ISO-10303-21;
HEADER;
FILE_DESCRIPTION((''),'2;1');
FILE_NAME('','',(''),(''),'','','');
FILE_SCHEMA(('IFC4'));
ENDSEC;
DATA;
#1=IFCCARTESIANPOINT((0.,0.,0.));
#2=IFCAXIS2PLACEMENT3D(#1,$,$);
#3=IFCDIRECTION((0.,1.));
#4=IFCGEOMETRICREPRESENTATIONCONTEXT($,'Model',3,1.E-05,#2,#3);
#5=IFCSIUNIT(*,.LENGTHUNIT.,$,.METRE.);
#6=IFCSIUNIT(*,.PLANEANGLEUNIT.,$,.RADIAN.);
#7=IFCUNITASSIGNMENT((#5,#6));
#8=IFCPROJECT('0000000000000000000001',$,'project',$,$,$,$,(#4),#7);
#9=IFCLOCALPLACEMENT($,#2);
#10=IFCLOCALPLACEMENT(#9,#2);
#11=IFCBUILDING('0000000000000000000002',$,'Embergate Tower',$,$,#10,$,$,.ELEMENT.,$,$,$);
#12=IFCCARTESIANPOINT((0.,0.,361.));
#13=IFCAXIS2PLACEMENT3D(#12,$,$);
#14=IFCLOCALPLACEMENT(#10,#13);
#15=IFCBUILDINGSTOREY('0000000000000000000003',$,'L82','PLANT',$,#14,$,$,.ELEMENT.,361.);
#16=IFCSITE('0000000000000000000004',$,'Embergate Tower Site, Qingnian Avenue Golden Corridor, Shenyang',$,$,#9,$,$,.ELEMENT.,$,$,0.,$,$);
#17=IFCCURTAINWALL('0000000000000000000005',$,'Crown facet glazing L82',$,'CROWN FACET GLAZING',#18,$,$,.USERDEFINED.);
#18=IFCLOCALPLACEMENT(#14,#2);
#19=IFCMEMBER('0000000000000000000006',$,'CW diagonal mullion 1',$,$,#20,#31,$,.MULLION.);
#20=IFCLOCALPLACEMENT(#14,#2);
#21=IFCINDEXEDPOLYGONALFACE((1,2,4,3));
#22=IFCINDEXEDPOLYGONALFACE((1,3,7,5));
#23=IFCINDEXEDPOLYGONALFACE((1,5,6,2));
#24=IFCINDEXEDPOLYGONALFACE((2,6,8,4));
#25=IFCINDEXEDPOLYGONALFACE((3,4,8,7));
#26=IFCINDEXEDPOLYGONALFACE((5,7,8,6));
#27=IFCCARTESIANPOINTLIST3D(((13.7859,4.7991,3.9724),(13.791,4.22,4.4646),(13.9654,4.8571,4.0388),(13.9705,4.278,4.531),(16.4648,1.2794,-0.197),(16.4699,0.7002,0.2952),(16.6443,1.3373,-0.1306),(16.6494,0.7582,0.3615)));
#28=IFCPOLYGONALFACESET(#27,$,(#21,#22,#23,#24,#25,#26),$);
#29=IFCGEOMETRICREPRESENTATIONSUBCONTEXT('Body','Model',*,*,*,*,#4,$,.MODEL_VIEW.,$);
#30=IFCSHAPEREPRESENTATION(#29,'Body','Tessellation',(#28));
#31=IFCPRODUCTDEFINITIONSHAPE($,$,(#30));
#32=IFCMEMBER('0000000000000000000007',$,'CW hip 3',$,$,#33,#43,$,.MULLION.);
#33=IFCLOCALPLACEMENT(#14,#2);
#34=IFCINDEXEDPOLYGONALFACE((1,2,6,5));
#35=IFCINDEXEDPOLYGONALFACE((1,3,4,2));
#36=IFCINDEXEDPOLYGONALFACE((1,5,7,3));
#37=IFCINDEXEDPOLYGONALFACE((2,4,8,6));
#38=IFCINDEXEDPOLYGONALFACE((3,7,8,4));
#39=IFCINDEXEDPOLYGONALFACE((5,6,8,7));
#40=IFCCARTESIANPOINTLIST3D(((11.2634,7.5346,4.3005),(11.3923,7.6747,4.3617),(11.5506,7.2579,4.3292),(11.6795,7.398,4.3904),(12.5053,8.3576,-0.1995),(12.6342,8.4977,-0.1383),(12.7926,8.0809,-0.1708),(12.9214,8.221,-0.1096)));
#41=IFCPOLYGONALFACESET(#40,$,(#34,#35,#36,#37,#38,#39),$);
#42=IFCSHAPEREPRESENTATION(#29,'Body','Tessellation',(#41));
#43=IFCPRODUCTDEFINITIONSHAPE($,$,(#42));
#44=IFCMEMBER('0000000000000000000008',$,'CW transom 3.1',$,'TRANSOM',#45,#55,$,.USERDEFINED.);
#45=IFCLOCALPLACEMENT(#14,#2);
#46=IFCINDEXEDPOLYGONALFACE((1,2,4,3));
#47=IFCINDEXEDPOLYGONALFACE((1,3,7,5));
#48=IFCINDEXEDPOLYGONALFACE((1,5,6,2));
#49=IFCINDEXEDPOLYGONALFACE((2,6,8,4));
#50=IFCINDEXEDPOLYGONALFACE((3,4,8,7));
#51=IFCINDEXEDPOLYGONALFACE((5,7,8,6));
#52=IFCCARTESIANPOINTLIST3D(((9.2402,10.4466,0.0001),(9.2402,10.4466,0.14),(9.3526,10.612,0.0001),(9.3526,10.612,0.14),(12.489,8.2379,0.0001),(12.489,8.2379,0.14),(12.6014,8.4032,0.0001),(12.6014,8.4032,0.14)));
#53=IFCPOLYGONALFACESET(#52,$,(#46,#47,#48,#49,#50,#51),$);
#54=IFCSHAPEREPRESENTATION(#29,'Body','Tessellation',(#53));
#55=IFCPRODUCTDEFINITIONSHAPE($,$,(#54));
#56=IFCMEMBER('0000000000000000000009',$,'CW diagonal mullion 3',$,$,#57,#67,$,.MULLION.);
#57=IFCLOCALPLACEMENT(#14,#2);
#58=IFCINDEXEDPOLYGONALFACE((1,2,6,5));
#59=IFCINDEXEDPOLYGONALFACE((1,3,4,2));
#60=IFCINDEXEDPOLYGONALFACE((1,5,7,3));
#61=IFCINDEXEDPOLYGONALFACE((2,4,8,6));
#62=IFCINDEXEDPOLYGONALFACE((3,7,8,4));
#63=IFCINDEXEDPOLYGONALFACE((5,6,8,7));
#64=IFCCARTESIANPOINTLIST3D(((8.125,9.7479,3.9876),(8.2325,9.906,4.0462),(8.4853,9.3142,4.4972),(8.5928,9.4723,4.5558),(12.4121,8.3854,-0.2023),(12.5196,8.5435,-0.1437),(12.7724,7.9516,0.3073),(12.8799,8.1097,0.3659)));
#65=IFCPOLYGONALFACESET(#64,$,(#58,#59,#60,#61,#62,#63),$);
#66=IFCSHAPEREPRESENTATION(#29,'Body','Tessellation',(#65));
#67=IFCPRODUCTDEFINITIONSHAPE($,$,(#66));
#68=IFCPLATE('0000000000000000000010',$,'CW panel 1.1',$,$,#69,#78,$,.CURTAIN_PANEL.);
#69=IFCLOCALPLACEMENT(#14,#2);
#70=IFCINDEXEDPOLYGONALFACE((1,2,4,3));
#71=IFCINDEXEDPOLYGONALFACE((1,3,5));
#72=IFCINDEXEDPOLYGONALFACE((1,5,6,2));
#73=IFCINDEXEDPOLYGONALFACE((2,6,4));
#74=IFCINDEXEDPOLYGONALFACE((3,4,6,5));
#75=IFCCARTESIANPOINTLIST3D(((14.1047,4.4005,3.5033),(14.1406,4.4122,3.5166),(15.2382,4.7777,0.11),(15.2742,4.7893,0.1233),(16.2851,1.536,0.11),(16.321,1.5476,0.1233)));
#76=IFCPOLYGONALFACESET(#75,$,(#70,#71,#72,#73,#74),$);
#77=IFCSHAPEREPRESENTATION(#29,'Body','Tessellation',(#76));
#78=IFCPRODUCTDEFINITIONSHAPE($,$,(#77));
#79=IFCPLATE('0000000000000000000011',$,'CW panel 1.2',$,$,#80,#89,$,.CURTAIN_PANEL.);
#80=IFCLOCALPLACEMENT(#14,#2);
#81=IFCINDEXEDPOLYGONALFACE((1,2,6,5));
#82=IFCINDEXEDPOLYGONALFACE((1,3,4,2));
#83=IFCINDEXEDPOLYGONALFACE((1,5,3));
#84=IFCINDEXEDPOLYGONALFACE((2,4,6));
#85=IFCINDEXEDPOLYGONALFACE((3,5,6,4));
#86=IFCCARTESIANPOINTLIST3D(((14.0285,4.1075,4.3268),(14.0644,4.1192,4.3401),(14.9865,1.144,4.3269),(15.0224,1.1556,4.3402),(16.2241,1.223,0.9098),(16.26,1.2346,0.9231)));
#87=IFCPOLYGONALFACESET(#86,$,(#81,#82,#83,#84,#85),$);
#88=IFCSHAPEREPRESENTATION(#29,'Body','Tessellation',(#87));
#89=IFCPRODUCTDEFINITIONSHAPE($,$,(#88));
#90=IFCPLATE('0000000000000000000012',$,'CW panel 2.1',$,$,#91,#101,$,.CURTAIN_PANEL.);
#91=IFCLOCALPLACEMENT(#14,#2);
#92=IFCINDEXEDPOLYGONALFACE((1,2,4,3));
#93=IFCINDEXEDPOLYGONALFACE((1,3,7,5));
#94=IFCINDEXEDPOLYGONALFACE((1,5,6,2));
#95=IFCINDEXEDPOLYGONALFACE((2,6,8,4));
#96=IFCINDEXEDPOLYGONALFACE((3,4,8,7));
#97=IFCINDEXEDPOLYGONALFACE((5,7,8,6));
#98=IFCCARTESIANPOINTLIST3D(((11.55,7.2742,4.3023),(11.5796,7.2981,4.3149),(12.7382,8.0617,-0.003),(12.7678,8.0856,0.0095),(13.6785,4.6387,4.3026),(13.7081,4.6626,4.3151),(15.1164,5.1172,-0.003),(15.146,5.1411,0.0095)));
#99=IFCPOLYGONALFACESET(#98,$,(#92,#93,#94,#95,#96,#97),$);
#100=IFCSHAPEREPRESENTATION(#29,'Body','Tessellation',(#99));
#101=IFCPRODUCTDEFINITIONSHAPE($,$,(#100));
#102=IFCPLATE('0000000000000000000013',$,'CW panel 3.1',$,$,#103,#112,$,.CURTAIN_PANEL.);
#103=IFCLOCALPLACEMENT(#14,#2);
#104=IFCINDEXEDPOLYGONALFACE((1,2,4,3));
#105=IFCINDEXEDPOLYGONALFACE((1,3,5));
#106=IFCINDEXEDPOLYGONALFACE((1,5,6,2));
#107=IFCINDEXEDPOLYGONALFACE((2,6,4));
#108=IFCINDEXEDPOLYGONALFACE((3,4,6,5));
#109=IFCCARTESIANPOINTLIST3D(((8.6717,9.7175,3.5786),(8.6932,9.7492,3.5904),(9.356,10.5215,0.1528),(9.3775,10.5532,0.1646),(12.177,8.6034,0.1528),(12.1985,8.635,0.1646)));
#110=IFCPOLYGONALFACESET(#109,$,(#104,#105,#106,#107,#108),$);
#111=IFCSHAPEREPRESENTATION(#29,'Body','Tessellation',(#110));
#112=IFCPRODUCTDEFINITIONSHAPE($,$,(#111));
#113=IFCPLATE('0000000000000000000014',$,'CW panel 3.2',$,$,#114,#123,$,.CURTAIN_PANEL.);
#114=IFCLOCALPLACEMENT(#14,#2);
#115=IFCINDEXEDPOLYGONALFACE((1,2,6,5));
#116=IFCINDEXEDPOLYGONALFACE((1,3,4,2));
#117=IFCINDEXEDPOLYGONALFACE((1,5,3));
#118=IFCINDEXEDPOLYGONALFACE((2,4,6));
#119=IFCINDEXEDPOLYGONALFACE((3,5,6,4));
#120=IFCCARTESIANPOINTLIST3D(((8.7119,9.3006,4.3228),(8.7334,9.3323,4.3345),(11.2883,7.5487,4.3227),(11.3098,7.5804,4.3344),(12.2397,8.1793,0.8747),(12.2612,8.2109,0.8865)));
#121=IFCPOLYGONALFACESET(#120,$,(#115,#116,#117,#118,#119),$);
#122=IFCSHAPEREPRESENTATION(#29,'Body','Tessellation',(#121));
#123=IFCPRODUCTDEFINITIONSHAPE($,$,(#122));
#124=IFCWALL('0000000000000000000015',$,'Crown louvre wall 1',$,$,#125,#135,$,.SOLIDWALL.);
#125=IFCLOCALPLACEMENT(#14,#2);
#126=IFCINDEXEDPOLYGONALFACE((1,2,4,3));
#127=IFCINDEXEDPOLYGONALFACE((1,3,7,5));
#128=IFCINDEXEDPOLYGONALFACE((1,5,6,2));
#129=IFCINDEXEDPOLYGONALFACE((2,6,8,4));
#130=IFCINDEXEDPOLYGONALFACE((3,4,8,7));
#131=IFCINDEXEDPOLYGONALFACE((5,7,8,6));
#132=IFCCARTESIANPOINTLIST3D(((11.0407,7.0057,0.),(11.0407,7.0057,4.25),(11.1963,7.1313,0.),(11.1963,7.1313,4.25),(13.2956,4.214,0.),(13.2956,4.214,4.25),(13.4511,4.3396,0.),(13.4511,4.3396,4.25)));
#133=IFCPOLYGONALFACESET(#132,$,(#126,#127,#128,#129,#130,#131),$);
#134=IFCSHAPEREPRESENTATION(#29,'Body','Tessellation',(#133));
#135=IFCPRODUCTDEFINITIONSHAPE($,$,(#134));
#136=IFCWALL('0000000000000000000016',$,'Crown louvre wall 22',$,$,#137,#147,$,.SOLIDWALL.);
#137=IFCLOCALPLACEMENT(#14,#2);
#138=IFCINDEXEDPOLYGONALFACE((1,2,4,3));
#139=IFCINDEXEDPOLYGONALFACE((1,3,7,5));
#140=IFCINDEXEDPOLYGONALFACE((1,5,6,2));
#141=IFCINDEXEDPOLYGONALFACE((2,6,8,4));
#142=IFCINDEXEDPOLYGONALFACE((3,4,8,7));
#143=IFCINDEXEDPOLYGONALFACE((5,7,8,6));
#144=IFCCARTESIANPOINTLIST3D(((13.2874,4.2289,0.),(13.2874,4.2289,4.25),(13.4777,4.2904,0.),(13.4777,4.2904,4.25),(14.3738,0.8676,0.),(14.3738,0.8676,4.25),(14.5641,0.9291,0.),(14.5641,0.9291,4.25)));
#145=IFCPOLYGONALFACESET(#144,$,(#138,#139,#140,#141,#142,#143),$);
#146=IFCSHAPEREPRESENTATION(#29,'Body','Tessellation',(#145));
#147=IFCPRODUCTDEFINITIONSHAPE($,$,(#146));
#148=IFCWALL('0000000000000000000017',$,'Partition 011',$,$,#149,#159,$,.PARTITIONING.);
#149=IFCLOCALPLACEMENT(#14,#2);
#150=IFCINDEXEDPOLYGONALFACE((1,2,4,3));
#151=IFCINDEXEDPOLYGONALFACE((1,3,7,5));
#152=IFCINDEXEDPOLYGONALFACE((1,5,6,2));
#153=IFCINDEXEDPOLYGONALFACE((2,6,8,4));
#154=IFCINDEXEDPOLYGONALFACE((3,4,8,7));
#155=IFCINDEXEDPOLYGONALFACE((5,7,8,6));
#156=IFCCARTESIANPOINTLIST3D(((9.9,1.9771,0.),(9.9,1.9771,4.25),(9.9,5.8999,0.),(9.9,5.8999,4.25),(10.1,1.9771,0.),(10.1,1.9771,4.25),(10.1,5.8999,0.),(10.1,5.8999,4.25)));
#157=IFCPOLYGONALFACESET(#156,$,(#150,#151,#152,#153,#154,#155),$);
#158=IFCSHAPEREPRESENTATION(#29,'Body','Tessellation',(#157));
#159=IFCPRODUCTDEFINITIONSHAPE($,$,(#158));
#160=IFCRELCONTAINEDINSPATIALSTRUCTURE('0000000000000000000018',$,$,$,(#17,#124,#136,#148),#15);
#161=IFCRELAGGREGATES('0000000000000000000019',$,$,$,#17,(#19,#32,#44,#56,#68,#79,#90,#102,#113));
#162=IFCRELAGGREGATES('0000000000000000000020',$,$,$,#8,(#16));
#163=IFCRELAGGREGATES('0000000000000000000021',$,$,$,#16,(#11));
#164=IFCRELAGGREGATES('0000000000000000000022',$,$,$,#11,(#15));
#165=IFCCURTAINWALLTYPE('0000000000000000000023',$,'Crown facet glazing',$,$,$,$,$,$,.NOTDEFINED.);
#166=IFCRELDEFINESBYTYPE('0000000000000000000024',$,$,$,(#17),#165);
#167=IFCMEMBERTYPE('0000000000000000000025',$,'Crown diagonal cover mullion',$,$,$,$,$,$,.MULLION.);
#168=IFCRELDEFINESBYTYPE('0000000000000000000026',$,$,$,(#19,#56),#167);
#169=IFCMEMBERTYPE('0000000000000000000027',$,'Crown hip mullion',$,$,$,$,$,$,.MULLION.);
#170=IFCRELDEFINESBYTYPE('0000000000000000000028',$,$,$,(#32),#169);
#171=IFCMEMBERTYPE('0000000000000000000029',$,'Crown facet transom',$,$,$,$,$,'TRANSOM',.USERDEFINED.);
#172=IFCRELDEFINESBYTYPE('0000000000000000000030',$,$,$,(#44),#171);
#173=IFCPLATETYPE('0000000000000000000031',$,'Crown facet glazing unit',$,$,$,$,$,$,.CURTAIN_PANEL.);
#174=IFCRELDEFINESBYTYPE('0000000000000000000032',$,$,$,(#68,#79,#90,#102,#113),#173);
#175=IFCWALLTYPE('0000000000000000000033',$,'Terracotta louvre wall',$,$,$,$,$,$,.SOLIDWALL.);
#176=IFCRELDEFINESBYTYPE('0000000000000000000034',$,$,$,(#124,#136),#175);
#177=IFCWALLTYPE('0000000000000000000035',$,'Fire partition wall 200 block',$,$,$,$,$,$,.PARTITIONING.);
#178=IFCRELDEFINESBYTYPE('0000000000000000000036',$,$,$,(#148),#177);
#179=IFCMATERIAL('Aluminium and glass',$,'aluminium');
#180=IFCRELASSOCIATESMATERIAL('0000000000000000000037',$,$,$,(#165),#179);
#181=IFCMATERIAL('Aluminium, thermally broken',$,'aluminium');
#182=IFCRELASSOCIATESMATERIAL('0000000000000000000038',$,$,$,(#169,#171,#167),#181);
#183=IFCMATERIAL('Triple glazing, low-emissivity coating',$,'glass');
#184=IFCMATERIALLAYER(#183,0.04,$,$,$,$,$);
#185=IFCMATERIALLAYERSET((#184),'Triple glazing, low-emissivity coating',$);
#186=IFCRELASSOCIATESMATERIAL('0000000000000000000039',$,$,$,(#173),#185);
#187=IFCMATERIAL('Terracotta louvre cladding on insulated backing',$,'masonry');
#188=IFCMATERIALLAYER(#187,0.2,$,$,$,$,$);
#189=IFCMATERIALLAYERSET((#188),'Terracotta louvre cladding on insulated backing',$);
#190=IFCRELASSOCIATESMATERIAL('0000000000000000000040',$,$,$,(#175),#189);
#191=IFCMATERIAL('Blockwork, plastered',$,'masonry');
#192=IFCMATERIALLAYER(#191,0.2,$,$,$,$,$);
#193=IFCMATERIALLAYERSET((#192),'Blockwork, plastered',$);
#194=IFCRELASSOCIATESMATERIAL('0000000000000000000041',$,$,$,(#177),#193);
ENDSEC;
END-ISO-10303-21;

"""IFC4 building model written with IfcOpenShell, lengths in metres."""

from ifc_helpers import new_model, si_unit, direction, frame, frame_2d, origin, origin_2d, place, context, subcontext, project, spatial, polyline, rectangle, outline, extrude, source, transform, mapped, material, layer, layer_set, material_profile, profile_set, type_object, element, aggregate, save


model = new_model("IFC4")

# Units and contexts
model_context = context("Model", 3, precision=1e-05, world=origin(), true_north=direction((0.0, 1.0)))
body_context = subcontext(model_context, "Body", "Model", "MODEL_VIEW")
ifc_project = project(units=[si_unit("LENGTHUNIT", "METRE"), si_unit("PLANEANGLEUNIT", "RADIAN")], contexts=[model_context])

# Site, building, storey
site_placement = place(None, origin())
site = spatial("IfcSite", under=ifc_project, at=site_placement, Name="Embergate Tower Site, Qingnian Avenue Golden Corridor, Shenyang", CompositionType="ELEMENT", RefElevation=0.0)
building_placement = place(site_placement, origin())
building = spatial("IfcBuilding", under=site, at=building_placement, Name="Embergate Tower", CompositionType="ELEMENT")
storey_placement = place(building_placement, frame((0.0, 0.0, 361.0)))
storey = spatial("IfcBuildingStorey", under=building, at=storey_placement, Name="L82", Description="PLANT", CompositionType="ELEMENT", Elevation=361.0)

# Curtain wall, members, plates
ifc_material_1 = material(Name="Aluminium and glass", Category="aluminium")
curtain_wall_type = type_object("IfcCurtainWallType", Name="Crown facet glazing", PredefinedType="NOTDEFINED", material=ifc_material_1)
curtain_wall_placement = place(storey_placement, origin())
curtain_wall = element("IfcCurtainWall", 1, at=curtain_wall_placement, inside=storey, type_object=curtain_wall_type, Name="Crown facet glazing L82", ObjectType="CROWN FACET GLAZING", PredefinedType="USERDEFINED")
ifc_material_2 = material(Name="Aluminium, thermally broken", Category="aluminium")
ifc_material_profile_1 = material_profile(ifc_material_2, rectangle(XDim=0.2, YDim=0.3999, at=origin_2d()), Name="AL 400x200")
ifc_profile_set_1 = profile_set([ifc_material_profile_1], Name="Aluminium, thermally broken")
member_type_1 = type_object("IfcMemberType", Name="Crown hip mullion", PredefinedType="MULLION", material=ifc_profile_set_1)
ifc_material_profile_2 = material_profile(ifc_material_2, rectangle(XDim=0.2, YDim=0.1399, at=origin_2d()), Name="AL 140x200")
ifc_profile_set_2 = profile_set([ifc_material_profile_2], Name="Aluminium, thermally broken")
member_type_2 = type_object("IfcMemberType", Name="Crown facet transom", ElementType="TRANSOM", PredefinedType="USERDEFINED", material=ifc_profile_set_2)
ifc_material_profile_3 = material_profile(ifc_material_2, rectangle(XDim=0.2, YDim=0.76, at=origin_2d()), Name="AL 760x200")
ifc_profile_set_3 = profile_set([ifc_material_profile_3], Name="Aluminium, thermally broken")
member_type_3 = type_object("IfcMemberType", Name="Crown diagonal cover mullion", PredefinedType="MULLION", material=ifc_profile_set_3)
shared_shape_1 = source(origin(), body_context, "Body", "SweptSolid", [
    extrude(rectangle(XDim=0.2, YDim=0.76, at=origin_2d()), origin(), (0.0, 0.0, 1.0), 6.0786),
])
member_1_placement = place(storey_placement, frame((16.5571, 1.0188, 0.0823), z_axis=(-0.440717, 0.57904, 0.685916), x_axis=(0.897621, 0.289987, 0.331939)))
member_1 = element("IfcMember", 2, at=member_1_placement, type_object=member_type_3, Name="CW diagonal mullion 1", PredefinedType="MULLION", context=body_context, shape_type="MappedRepresentation", body=[
    mapped(shared_shape_1, transform((0.0, 0.0, 0.0))),
])
shared_shape_2 = source(origin(), body_context, "Body", "SweptSolid", [
    extrude(rectangle(XDim=0.2, YDim=0.3999, at=origin_2d()), origin(), (0.0, 0.0, 1.0), 4.7402),
])
member_2_placement = place(storey_placement, frame((12.7134, 8.2893, -0.1545), z_axis=(-0.262001, -0.17362, 0.949322), x_axis=(0.644565, 0.70063, 0.306029)))
member_2 = element("IfcMember", 3, at=member_2_placement, type_object=member_type_1, Name="CW hip 3", PredefinedType="MULLION", context=body_context, shape_type="MappedRepresentation", body=[
    mapped(shared_shape_2, transform((0.0, 0.0, 0.0))),
])
shared_shape_3 = source(origin(), body_context, "Body", "SweptSolid", [
    extrude(rectangle(XDim=0.2, YDim=0.1399, at=origin_2d()), origin(), (0.0, 0.0, 1.0), 3.9285),
])
member_3_placement = place(storey_placement, frame((12.5452, 8.3206, 0.0701), z_axis=(-0.826977, 0.562235, 0.0), x_axis=(-0.562235, -0.826977, 0.0)))
member_3 = element("IfcMember", 4, at=member_3_placement, type_object=member_type_2, Name="CW transom 3.1", ObjectType="TRANSOM", PredefinedType="USERDEFINED", context=body_context, shape_type="MappedRepresentation", body=[
    mapped(shared_shape_3, transform((0.0, 0.0, 0.0))),
])
shared_shape_4 = source(origin(), body_context, "Body", "SweptSolid", [
    extrude(rectangle(XDim=0.2, YDim=0.76, at=origin_2d()), origin(), (0.0, 0.0, 1.0), 6.1475),
])
member_4_placement = place(storey_placement, frame((12.646, 8.2476, 0.0818), z_axis=(-0.697377, 0.221644, 0.681571), x_axis=(0.537611, 0.790664, 0.292959)))
member_4 = element("IfcMember", 5, at=member_4_placement, type_object=member_type_3, Name="CW diagonal mullion 3", PredefinedType="MULLION", context=body_context, shape_type="MappedRepresentation", body=[
    mapped(shared_shape_4, transform((0.0, 0.0, 0.0))),
])
ifc_material_3 = material(Name="Triple glazing, low-emissivity coating", Category="glass")
ifc_layer_1 = layer(ifc_material_3, 0.04)
ifc_layer_set_1 = layer_set([ifc_layer_1], Name="Triple glazing, low-emissivity coating")
plate_type = type_object("IfcPlateType", Name="Crown facet glazing unit", PredefinedType="CURTAIN_PANEL", material=ifc_layer_set_1)
shared_shape_5 = source(origin(), body_context, "Body", "SweptSolid", [
    extrude(outline(polyline([(0.0, 0.0), (3.4065, 0.0), (3.396, 3.5974), (0.0, 0.0)])), origin(), (0.0, 0.0, -1.0), 0.04),
])
plate_1_placement = place(storey_placement, frame((16.321, 1.5476, 0.1233), z_axis=(0.897609, 0.289874, 0.332071), x_axis=(-0.307313, 0.951609, 0.0)))
plate_1 = element("IfcPlate", 6, at=plate_1_placement, type_object=plate_type, Name="CW panel 1.1", PredefinedType="CURTAIN_PANEL", context=body_context, shape_type="MappedRepresentation", body=[
    mapped(shared_shape_5, transform((0.0, 0.0, 0.0))),
])
shared_shape_6 = source(origin(), body_context, "Body", "SweptSolid", [
    extrude(outline(polyline([(0.0, 0.0), (4.9817, 0.0), (2.8435, 2.2646), (0.0, 0.0)])), origin(), (0.0, 0.0, -1.0), 0.04),
])
plate_2_placement = place(storey_placement, frame((16.26, 1.2346, 0.9231), z_axis=(0.897614, 0.290159, 0.33181), x_axis=(-0.440729, 0.57903, 0.685917)))
plate_2 = element("IfcPlate", 7, at=plate_2_placement, type_object=plate_type, Name="CW panel 1.2", PredefinedType="CURTAIN_PANEL", context=body_context, shape_type="MappedRepresentation", body=[
    mapped(shared_shape_6, transform((0.0, 0.0, 0.0))),
])
shared_shape_7 = source(origin(), body_context, "Body", "SweptSolid", [
    extrude(outline(polyline([(0.0, 0.0), (3.7849, 0.0), (3.9189, 4.5332), (0.5312, 4.5334), (0.0, 0.0)])), origin(), (0.0, 0.0, -1.0), 0.04),
])
plate_3_placement = place(storey_placement, frame((15.146, 5.1411, 0.0095), z_axis=(0.738843, 0.596746, 0.313058), x_axis=(-0.628331, 0.777946, 0.000006)))
plate_3 = element("IfcPlate", 8, at=plate_3_placement, type_object=plate_type, Name="CW panel 2.1", PredefinedType="CURTAIN_PANEL", context=body_context, shape_type="MappedRepresentation", body=[
    mapped(shared_shape_7, transform((0.0, 0.0, 0.0))),
])
shared_shape_8 = source(origin(), body_context, "Body", "SweptSolid", [
    extrude(outline(polyline([(0.0, 0.0), (3.4114, 0.0), (3.5251, 3.583), (0.0, 0.0)])), origin(), (0.0, 0.0, -1.0), 0.04),
])
plate_4_placement = place(storey_placement, frame((12.1985, 8.635, 0.1646), z_axis=(0.537622, 0.790661, 0.292945), x_axis=(-0.82694, 0.56229, 0.0)))
plate_4 = element("IfcPlate", 9, at=plate_4_placement, type_object=plate_type, Name="CW panel 3.1", PredefinedType="CURTAIN_PANEL", context=body_context, shape_type="MappedRepresentation", body=[
    mapped(shared_shape_8, transform((0.0, 0.0, 0.0))),
])
shared_shape_9 = source(origin(), body_context, "Body", "SweptSolid", [
    extrude(outline(polyline([(0.0, 0.0), (5.0588, 0.0), (2.8738, 2.2209), (0.0, 0.0)])), origin(), (0.0, 0.0, -1.0), 0.04),
])
plate_5_placement = place(storey_placement, frame((12.2612, 8.2109, 0.8865), z_axis=(0.537637, 0.790647, 0.292956), x_axis=(-0.697362, 0.22166, 0.681581)))
plate_5 = element("IfcPlate", 10, at=plate_5_placement, type_object=plate_type, Name="CW panel 3.2", PredefinedType="CURTAIN_PANEL", context=body_context, shape_type="MappedRepresentation", body=[
    mapped(shared_shape_9, transform((0.0, 0.0, 0.0))),
])
aggregate(curtain_wall, [member_1, member_2, member_3, member_4, plate_1, plate_2, plate_3, plate_4, plate_5])

# Walls
ifc_material_4 = material(Name="Terracotta louvre cladding on insulated backing", Category="masonry")
ifc_layer_2 = layer(ifc_material_4, 0.2)
ifc_layer_set_2 = layer_set([ifc_layer_2], Name="Terracotta louvre cladding on insulated backing")
wall_type_1 = type_object("IfcWallType", Name="Terracotta louvre wall", PredefinedType="SOLIDWALL", material=ifc_layer_set_2)
shared_shape_10 = source(origin(), body_context, "Body", "SweptSolid", [
    extrude(rectangle(XDim=3.5886, YDim=0.2, at=frame_2d((1.7944, 0.0))), origin(), (0.0, 0.0, 1.0), 4.25),
])
wall_1_placement = place(storey_placement, frame((11.1184, 7.0686, 0.0), z_axis=(0.0, 0.0, 1.0), x_axis=(0.628339, -0.77794, 0.0)))
element("IfcWall", 11, at=wall_1_placement, inside=storey, type_object=wall_type_1, Name="Crown louvre wall 1", PredefinedType="SOLIDWALL", context=body_context, shape_type="MappedRepresentation", body=[
    mapped(shared_shape_10, transform((0.0, 0.0, 0.0))),
])
shared_shape_11 = source(origin(), body_context, "Body", "SweptSolid", [
    extrude(rectangle(XDim=3.5325, YDim=0.2, at=frame_2d((1.7661, 0.0))), origin(), (0.0, 0.0, 1.0), 4.25),
])
wall_2_placement = place(storey_placement, frame((13.3826, 4.2595, 0.0), z_axis=(0.0, 0.0, 1.0), x_axis=(0.307548, -0.951533, 0.0)))
element("IfcWall", 12, at=wall_2_placement, inside=storey, type_object=wall_type_1, Name="Crown louvre wall 22", PredefinedType="SOLIDWALL", context=body_context, shape_type="MappedRepresentation", body=[
    mapped(shared_shape_11, transform((0.0, 0.0, 0.0))),
])
ifc_material_5 = material(Name="Blockwork, plastered", Category="masonry")
ifc_layer_3 = layer(ifc_material_5, 0.2)
ifc_layer_set_3 = layer_set([ifc_layer_3], Name="Blockwork, plastered")
wall_type_2 = type_object("IfcWallType", Name="Fire partition wall 200 block", PredefinedType="PARTITIONING", material=ifc_layer_set_3)
shared_shape_12 = source(origin(), body_context, "Body", "SweptSolid", [
    extrude(rectangle(XDim=3.9229, YDim=0.2, at=frame_2d((1.9614, 0.0))), origin(), (0.0, 0.0, 1.0), 4.25),
])
wall_3_placement = place(storey_placement, frame((10.0, 5.8999, 0.0), z_axis=(0.0, 0.0, 1.0), x_axis=(0.0, -1.0, 0.0)))
element("IfcWall", 13, at=wall_3_placement, inside=storey, type_object=wall_type_2, Name="Partition 011", PredefinedType="PARTITIONING", context=body_context, shape_type="MappedRepresentation", body=[
    mapped(shared_shape_12, transform((0.0, 0.0, 0.0))),
])

save(model, "model.ifc")
